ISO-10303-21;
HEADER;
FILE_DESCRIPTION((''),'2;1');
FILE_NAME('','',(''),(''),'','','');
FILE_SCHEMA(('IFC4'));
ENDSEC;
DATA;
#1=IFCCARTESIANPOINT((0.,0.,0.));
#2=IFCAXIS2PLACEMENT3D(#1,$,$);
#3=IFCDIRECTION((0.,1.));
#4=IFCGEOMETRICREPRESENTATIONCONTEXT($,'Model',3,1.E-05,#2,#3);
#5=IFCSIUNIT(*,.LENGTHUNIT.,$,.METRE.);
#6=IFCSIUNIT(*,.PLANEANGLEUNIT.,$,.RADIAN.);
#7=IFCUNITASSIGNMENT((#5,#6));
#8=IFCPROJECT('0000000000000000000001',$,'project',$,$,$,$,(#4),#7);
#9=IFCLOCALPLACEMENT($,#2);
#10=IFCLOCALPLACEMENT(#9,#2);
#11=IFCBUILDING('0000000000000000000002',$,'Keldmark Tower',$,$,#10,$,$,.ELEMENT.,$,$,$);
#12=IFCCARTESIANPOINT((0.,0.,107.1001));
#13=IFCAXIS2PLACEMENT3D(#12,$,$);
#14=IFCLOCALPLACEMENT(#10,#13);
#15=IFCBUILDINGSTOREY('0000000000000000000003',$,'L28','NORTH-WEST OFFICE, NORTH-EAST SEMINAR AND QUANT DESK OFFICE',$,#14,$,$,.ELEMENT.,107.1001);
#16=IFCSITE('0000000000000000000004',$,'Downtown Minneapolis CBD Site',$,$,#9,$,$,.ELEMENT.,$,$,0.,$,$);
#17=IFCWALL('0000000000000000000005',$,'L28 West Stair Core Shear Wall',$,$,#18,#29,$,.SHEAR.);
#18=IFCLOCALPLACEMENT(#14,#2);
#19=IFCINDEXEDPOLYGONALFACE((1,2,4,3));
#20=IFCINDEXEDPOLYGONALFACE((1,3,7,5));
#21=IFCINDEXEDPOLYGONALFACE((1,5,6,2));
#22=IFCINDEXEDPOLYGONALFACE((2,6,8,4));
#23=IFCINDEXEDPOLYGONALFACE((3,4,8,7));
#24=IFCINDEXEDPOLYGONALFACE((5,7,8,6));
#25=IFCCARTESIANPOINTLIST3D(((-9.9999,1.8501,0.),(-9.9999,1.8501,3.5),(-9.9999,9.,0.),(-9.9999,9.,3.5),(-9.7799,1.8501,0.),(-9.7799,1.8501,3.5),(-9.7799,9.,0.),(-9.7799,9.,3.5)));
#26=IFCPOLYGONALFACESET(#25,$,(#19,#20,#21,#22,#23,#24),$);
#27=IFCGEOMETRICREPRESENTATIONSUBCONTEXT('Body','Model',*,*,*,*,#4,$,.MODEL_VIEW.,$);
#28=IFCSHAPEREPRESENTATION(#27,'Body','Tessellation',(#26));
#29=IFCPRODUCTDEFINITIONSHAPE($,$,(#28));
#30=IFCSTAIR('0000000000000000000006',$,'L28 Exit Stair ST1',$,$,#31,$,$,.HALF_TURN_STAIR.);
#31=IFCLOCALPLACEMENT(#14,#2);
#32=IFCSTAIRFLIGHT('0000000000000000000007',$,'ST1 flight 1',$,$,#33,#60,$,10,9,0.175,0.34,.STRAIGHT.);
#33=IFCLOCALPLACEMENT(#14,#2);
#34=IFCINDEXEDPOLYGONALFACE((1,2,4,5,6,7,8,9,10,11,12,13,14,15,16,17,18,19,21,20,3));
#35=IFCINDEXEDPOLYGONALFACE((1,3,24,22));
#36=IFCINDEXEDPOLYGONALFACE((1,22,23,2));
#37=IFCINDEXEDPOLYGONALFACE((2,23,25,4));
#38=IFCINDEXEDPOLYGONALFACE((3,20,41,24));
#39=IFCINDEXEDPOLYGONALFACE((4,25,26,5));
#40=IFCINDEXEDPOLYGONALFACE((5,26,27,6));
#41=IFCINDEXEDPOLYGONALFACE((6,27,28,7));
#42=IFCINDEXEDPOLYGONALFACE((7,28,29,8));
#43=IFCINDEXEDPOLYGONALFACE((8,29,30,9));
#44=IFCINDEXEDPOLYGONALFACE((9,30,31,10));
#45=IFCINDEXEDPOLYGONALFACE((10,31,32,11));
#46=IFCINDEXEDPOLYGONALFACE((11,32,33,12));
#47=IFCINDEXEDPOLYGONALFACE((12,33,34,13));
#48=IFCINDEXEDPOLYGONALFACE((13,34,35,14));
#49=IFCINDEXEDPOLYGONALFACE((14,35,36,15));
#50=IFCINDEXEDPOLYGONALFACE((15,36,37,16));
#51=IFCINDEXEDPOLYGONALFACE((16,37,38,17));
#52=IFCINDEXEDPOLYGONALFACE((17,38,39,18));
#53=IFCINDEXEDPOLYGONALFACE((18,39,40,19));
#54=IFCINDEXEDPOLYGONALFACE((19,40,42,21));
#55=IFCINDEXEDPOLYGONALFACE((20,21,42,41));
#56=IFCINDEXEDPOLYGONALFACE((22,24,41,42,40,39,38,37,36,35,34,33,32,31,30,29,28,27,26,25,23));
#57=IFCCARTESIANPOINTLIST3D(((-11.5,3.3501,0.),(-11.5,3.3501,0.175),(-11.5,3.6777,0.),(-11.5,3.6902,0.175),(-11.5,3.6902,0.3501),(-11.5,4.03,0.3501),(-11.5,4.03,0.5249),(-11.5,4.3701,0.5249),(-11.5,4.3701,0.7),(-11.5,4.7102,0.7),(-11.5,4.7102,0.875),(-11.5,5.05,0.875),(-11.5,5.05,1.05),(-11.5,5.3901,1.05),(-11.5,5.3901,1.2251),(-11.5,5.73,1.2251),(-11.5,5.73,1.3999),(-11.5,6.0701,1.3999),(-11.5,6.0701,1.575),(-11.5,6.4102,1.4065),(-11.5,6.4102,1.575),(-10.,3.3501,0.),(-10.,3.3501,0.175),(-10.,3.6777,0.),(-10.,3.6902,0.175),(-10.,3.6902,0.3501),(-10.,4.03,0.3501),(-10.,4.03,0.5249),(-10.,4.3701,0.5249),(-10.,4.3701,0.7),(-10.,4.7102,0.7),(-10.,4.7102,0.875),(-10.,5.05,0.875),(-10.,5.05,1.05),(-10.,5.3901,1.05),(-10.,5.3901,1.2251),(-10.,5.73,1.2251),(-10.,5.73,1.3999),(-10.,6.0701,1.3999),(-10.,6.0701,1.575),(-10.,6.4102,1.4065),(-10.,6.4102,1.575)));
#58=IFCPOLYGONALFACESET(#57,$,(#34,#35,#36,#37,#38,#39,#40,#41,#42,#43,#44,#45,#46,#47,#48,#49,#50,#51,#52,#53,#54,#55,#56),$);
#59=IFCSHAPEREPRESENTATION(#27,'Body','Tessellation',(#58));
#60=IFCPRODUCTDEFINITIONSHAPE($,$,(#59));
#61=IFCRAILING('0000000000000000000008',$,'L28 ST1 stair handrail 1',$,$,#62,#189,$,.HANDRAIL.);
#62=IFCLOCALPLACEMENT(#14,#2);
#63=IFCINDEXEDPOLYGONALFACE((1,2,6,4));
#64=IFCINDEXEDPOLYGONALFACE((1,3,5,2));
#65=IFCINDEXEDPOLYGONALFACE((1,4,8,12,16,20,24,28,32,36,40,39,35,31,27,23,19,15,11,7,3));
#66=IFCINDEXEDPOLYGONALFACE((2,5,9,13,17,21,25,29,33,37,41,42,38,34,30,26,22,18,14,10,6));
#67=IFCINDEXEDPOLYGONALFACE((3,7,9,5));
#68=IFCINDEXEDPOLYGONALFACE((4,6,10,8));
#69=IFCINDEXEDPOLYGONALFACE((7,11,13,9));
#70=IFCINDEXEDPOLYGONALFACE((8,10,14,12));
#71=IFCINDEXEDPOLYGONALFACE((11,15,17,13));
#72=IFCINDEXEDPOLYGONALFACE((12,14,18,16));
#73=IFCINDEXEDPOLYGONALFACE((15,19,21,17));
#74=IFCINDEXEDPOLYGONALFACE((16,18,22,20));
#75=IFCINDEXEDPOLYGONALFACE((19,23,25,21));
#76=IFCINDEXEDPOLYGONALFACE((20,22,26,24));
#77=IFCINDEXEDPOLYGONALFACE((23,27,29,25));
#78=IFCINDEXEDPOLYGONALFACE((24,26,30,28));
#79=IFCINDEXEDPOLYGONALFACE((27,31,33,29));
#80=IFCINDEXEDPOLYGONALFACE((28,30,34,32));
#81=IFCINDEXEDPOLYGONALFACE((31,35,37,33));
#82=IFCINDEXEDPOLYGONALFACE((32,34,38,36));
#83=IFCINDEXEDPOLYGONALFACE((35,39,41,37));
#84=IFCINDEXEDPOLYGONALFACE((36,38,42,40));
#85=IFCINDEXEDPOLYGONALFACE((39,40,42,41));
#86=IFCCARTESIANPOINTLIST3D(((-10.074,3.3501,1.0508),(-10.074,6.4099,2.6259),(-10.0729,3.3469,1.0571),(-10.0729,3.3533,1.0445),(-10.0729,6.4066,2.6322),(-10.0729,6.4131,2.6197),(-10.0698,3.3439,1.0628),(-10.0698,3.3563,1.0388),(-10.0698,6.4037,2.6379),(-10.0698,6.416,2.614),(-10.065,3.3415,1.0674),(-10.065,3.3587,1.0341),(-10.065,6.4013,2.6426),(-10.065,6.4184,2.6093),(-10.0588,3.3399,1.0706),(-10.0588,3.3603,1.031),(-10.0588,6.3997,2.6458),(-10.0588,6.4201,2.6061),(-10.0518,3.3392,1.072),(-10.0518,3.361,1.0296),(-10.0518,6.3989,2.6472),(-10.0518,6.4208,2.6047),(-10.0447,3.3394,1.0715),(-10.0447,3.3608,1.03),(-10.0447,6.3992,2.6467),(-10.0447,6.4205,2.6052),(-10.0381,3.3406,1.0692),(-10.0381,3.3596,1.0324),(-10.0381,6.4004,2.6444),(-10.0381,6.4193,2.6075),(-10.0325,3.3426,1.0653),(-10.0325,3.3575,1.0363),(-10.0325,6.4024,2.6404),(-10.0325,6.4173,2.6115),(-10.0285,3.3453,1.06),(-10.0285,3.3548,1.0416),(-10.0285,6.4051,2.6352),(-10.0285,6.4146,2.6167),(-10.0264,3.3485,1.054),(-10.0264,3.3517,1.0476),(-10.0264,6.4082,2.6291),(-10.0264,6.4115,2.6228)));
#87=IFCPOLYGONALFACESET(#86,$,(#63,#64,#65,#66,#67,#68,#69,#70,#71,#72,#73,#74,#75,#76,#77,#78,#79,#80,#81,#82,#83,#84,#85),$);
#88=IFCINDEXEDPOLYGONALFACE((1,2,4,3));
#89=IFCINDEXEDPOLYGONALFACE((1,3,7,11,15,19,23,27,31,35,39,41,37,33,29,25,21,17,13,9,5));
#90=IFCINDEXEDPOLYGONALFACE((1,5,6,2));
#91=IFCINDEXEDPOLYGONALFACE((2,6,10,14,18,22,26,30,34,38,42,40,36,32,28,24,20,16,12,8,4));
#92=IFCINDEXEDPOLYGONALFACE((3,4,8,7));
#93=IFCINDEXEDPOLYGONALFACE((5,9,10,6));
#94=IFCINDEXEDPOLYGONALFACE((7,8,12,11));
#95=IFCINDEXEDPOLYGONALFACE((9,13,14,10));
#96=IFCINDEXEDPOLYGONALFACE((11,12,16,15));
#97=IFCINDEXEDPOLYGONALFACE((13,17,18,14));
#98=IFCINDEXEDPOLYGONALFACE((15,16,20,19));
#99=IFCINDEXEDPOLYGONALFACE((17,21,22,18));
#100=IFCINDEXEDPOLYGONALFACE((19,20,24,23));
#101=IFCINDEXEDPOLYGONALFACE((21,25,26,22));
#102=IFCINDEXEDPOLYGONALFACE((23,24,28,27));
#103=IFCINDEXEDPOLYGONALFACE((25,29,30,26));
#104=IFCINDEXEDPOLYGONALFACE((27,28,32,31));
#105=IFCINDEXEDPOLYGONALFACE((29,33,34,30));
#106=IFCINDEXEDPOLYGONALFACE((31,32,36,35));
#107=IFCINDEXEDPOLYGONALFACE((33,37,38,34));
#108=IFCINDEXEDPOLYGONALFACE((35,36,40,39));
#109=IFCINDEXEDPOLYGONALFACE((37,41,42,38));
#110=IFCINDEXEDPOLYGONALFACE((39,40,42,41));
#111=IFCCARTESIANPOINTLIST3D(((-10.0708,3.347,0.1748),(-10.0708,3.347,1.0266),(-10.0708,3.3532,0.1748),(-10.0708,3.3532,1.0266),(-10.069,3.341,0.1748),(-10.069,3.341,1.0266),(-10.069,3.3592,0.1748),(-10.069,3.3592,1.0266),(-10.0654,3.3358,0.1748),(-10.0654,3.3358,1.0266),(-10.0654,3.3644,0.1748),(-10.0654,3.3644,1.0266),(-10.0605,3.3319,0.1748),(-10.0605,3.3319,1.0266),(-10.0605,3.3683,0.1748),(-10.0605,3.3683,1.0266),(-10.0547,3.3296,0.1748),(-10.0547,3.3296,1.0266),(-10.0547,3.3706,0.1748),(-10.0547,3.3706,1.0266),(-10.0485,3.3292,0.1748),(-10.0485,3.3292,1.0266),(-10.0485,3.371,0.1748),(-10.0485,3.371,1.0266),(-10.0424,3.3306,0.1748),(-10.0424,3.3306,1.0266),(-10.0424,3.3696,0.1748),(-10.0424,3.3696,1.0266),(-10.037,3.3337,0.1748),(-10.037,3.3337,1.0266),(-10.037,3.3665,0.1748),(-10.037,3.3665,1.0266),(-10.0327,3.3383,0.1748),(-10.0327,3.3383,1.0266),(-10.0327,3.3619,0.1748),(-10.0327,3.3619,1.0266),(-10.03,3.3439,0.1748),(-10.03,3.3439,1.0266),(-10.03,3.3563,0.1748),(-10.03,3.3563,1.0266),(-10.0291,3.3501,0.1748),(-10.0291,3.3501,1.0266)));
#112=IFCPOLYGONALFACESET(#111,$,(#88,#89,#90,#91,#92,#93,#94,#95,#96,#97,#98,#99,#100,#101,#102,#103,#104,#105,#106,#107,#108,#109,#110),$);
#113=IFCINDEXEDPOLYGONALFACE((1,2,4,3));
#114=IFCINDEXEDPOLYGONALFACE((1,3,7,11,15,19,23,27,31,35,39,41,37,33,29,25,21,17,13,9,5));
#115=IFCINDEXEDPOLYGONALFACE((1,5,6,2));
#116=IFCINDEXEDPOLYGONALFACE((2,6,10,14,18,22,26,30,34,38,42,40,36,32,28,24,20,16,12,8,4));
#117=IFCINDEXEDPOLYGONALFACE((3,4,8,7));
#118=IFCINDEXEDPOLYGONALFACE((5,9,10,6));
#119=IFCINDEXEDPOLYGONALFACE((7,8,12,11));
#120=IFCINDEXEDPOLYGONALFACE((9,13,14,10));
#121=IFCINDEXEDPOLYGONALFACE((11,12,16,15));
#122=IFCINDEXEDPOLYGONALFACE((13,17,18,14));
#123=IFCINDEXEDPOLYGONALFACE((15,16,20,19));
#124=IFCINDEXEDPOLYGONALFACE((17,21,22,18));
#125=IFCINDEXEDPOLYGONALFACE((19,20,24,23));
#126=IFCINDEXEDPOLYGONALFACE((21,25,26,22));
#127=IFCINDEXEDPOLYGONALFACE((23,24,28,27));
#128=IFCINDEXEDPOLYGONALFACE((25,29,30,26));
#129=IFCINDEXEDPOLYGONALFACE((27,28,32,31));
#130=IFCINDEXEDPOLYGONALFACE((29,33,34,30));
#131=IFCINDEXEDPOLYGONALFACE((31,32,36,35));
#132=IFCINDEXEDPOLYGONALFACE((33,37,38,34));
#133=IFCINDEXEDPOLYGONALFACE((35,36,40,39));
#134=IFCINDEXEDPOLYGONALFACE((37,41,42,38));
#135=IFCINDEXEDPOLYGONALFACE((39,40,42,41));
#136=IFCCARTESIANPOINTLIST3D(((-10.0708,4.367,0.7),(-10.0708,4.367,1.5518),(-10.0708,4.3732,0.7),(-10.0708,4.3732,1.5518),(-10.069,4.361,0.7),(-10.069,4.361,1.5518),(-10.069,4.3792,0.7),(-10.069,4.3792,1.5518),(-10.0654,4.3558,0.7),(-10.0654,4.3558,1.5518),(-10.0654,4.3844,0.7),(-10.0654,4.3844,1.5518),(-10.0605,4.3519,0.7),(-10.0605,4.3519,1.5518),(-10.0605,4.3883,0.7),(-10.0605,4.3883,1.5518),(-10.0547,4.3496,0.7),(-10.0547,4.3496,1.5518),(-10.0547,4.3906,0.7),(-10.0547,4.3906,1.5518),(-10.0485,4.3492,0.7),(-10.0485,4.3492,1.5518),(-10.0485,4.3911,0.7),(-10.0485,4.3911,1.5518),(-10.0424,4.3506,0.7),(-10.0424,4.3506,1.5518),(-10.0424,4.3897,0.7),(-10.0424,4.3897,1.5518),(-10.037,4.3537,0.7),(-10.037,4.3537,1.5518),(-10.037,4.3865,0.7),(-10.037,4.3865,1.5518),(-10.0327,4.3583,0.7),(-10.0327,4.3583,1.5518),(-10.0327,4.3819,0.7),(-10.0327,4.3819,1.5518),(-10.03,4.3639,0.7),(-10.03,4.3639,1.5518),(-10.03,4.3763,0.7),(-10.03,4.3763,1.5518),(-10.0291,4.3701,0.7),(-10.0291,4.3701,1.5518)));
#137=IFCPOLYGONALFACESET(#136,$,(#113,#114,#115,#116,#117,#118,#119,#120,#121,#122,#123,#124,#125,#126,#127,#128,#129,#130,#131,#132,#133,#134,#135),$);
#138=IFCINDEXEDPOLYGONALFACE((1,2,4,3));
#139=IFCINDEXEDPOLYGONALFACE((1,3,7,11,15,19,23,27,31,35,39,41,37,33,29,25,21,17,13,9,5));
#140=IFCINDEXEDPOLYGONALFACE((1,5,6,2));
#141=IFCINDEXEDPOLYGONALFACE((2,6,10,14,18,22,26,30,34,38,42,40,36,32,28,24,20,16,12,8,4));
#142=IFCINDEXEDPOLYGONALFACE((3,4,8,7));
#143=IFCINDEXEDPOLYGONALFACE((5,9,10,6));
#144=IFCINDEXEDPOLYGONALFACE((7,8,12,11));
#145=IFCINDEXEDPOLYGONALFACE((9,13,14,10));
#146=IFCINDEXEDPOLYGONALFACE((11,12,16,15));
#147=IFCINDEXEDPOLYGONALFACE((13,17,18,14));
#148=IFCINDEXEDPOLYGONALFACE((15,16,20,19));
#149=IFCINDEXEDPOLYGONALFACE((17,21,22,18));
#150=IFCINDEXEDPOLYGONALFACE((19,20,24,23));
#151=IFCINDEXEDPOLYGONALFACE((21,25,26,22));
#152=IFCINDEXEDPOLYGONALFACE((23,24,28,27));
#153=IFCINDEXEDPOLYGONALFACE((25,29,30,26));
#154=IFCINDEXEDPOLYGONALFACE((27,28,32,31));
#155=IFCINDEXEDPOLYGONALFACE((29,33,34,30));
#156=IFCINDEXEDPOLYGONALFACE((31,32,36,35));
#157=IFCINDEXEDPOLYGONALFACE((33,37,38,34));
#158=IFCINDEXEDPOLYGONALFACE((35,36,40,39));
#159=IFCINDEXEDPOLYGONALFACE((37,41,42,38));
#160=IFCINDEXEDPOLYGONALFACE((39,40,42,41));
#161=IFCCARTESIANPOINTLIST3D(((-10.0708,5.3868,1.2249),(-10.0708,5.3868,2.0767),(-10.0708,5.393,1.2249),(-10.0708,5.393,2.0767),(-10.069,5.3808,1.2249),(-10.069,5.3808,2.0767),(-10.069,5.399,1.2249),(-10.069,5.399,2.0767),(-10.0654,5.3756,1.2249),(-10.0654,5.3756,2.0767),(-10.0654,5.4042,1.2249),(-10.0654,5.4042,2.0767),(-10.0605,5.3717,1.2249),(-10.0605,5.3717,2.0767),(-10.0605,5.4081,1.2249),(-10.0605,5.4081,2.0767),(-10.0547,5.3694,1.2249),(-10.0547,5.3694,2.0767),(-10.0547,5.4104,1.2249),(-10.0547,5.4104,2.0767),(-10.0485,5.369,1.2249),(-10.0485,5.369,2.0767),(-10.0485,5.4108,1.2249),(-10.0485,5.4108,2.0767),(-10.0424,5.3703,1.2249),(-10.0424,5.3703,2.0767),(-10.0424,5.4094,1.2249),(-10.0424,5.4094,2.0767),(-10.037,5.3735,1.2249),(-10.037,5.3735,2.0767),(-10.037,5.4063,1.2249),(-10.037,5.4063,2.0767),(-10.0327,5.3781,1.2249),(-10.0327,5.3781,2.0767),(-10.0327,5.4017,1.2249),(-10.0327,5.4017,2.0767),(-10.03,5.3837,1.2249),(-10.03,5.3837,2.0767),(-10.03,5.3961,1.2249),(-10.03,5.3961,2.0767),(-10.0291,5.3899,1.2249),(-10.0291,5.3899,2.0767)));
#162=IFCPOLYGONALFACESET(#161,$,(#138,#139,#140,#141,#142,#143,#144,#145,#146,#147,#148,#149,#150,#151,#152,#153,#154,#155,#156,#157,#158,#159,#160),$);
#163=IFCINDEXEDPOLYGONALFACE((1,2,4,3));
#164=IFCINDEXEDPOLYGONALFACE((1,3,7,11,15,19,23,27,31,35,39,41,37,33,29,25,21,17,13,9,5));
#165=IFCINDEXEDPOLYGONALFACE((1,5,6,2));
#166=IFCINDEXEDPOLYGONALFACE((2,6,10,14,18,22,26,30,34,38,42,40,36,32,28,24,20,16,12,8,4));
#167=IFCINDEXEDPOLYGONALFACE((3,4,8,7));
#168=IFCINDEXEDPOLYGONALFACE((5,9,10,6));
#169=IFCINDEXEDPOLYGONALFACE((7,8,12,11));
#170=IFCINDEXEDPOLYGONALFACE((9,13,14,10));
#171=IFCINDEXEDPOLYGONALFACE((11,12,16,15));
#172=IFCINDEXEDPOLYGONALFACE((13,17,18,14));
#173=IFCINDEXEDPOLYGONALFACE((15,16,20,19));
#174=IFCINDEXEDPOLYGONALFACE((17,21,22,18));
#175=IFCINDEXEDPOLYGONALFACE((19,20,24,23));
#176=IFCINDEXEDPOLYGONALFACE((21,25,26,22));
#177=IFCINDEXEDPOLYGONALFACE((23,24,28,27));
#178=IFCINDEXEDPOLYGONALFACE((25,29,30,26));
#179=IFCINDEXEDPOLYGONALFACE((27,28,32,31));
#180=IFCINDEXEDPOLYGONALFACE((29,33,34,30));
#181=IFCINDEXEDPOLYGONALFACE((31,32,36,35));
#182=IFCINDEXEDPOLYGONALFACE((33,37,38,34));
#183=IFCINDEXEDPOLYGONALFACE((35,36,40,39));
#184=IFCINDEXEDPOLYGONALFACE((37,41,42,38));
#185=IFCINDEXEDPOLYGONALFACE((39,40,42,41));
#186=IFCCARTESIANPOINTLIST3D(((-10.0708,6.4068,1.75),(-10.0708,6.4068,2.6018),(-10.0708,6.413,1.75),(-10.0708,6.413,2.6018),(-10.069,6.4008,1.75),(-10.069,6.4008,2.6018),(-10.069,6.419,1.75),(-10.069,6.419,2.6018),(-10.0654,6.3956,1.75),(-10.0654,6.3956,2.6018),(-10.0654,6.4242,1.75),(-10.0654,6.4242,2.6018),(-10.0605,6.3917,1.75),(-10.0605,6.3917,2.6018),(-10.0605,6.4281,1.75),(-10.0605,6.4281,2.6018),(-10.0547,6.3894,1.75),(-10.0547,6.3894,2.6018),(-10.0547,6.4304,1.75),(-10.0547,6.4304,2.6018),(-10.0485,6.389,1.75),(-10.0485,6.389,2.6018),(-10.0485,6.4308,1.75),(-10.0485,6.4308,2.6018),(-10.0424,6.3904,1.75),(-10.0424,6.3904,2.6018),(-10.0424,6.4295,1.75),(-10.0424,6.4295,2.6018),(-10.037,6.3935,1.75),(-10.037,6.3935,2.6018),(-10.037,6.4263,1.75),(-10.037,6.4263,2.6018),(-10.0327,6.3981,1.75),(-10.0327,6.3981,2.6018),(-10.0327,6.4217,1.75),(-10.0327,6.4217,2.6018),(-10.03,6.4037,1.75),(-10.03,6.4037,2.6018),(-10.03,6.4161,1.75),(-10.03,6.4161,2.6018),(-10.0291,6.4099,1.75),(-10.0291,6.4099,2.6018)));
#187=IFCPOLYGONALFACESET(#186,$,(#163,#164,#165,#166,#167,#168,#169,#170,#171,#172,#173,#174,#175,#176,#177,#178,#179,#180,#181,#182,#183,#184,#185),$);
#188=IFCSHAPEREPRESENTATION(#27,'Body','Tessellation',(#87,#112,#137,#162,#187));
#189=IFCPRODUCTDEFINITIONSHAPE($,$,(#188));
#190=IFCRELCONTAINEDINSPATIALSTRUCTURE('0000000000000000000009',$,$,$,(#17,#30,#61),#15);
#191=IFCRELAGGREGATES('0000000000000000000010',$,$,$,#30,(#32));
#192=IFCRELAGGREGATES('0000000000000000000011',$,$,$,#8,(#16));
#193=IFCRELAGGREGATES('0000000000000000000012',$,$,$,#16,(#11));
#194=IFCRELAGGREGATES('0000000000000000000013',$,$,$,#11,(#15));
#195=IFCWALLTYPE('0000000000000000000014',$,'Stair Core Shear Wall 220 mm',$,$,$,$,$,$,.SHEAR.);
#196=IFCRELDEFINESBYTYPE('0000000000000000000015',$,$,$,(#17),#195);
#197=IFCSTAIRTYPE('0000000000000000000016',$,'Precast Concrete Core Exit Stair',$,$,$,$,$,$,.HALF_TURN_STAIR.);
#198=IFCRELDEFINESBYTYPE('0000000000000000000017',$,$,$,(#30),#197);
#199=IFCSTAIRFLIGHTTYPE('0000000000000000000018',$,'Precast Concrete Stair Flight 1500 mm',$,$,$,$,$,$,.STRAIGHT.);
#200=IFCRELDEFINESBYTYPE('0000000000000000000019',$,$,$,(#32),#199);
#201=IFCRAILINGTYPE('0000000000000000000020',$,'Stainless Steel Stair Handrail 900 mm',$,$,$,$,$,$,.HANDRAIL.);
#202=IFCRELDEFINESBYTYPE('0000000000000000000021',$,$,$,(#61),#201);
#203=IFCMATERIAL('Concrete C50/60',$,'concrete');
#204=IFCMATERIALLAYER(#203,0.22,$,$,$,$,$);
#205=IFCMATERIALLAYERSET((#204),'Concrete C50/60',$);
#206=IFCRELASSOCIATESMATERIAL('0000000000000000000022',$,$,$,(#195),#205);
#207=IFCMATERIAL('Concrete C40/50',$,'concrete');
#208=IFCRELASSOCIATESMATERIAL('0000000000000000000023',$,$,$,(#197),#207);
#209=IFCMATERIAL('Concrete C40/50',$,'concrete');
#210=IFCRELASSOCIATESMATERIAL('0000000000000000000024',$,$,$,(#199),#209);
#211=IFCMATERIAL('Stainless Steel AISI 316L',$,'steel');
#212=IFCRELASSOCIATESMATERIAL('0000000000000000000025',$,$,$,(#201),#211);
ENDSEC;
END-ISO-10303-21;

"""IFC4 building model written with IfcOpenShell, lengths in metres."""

from ifc_helpers import new_model, si_unit, direction, frame, frame_2d, origin, origin_2d, place, context, subcontext, project, spatial, polyline, rectangle, circle, outline, extrude, material, layer, layer_set, type_object, element, aggregate, save


model = new_model("IFC4")

# Units and contexts
model_context = context("Model", 3, precision=1e-05, world=origin(), true_north=direction((0.0, 1.0)))
body_context = subcontext(model_context, "Body", "Model", "MODEL_VIEW")
ifc_project = project(units=[si_unit("LENGTHUNIT", "METRE"), si_unit("PLANEANGLEUNIT", "RADIAN")], contexts=[model_context])

# Site, building, storey
site_placement = place(None, origin())
site = spatial("IfcSite", under=ifc_project, at=site_placement, Name="Downtown Minneapolis CBD Site", CompositionType="ELEMENT", RefElevation=0.0)
building_placement = place(site_placement, origin())
building = spatial("IfcBuilding", under=site, at=building_placement, Name="Keldmark Tower", CompositionType="ELEMENT")
storey_placement = place(building_placement, frame((0.0, 0.0, 107.1001)))
storey = spatial("IfcBuildingStorey", under=building, at=storey_placement, Name="L28", Description="NORTH-WEST OFFICE, NORTH-EAST SEMINAR AND QUANT DESK OFFICE", CompositionType="ELEMENT", Elevation=107.1001)

# Wall
ifc_material_1 = material(Name="Concrete C50/60", Category="concrete")
ifc_layer_1 = layer(ifc_material_1, 0.22)
ifc_layer_set_1 = layer_set([ifc_layer_1], Name="Concrete C50/60")
wall_type_1 = type_object("IfcWallType", Name="Stair Core Shear Wall 220 mm", PredefinedType="SHEAR", material=ifc_layer_set_1)
wall_1_placement = place(storey_placement, frame((-9.8899, 1.8501, 0.0), z_axis=(0.0, 0.0, 1.0), x_axis=(0.0, 1.0, 0.0)))
element("IfcWall", 1, at=wall_1_placement, inside=storey, type_object=wall_type_1, Name="L28 West Stair Core Shear Wall", PredefinedType="SHEAR", context=body_context, shape_type="SweptSolid", body=[
    extrude(rectangle(XDim=7.1499, YDim=0.22, at=frame_2d((3.575, 0.0))), origin(), (0.0, 0.0, 1.0), 3.5),
])

# Stair, stair flight
ifc_material_2 = material(Name="Concrete C40/50", Category="concrete")
stair_type = type_object("IfcStairType", Name="Precast Concrete Core Exit Stair", PredefinedType="HALF_TURN_STAIR", material=ifc_material_2)
stair_placement = place(storey_placement, origin())
stair = element("IfcStair", 2, at=stair_placement, inside=storey, type_object=stair_type, Name="L28 Exit Stair ST1", PredefinedType="HALF_TURN_STAIR")
ifc_material_3 = material(Name="Concrete C40/50", Category="concrete")
stair_flight_type = type_object("IfcStairFlightType", Name="Precast Concrete Stair Flight 1500 mm", PredefinedType="STRAIGHT", material=ifc_material_3)
stair_flight_placement = place(storey_placement, frame((-10.75, 3.3501, 0.0), z_axis=(0.0, 0.0, 1.0), x_axis=(0.0, 1.0, 0.0)))
stair_flight = element("IfcStairFlight", 3, at=stair_flight_placement, type_object=stair_flight_type, Name="ST1 flight 1", NumberOfRisers=10, NumberOfTreads=9, PredefinedType="STRAIGHT", RiserHeight=0.175, TreadLength=0.34, context=body_context, shape_type="SweptSolid", body=[
    extrude(outline(polyline([(0.0, 0.0), (0.0, 0.175), (0.3401, 0.175), (0.3401, 0.3501), (0.6799, 0.3501), (0.6799, 0.5249), (1.02, 0.5249), (1.02, 0.7), (1.3601, 0.7), (1.3601, 0.875), (1.7, 0.875), (1.7, 1.05), (2.04, 1.05), (2.04, 1.2251), (2.3799, 1.2251), (2.3799, 1.3999), (2.72, 1.3999), (2.72, 1.575), (3.0601, 1.575), (3.0601, 1.75), (3.0601, 1.4065), (0.3276, 0.0), (0.0, 0.0)])), frame((0.0, 0.75, 0.0), z_axis=(0.0, -1.0, 0.0), x_axis=(1.0, 0.0, 0.0)), (0.0, 0.0, 1.0), 1.5),
])
aggregate(stair, [stair_flight])

# Railing
ifc_material_4 = material(Name="Stainless Steel AISI 316L", Category="steel")
railing_type = type_object("IfcRailingType", Name="Stainless Steel Stair Handrail 900 mm", PredefinedType="HANDRAIL", material=ifc_material_4)
railing_placement = place(storey_placement, frame((-10.05, 3.3501, 0.1748)))
element("IfcRailing", 4, at=railing_placement, inside=storey, type_object=railing_type, Name="L28 ST1 stair handrail 1", PredefinedType="HANDRAIL", context=body_context, shape_type="SweptSolid", body=[
    extrude(circle(Radius=0.0239, at=origin_2d()), frame((0.0, 0.0, 0.876), z_axis=(0.0, 0.889101, 0.45771), x_axis=(-1.0, 0.0, 0.0)), (0.0, 0.0, 1.0), 3.4414),
    extrude(circle(Radius=0.021, at=origin_2d()), origin(), (0.0, 0.0, 1.0), 0.8518),
    extrude(circle(Radius=0.021, at=origin_2d()), frame((0.0, 1.02, 0.5251)), (0.0, 0.0, 1.0), 0.8518),
    extrude(circle(Radius=0.021, at=origin_2d()), frame((0.0, 2.0398, 1.05)), (0.0, 0.0, 1.0), 0.8518),
    extrude(circle(Radius=0.021, at=origin_2d()), frame((0.0, 3.0598, 1.5752)), (0.0, 0.0, 1.0), 0.8518),
])

save(model, "model.ifc")
